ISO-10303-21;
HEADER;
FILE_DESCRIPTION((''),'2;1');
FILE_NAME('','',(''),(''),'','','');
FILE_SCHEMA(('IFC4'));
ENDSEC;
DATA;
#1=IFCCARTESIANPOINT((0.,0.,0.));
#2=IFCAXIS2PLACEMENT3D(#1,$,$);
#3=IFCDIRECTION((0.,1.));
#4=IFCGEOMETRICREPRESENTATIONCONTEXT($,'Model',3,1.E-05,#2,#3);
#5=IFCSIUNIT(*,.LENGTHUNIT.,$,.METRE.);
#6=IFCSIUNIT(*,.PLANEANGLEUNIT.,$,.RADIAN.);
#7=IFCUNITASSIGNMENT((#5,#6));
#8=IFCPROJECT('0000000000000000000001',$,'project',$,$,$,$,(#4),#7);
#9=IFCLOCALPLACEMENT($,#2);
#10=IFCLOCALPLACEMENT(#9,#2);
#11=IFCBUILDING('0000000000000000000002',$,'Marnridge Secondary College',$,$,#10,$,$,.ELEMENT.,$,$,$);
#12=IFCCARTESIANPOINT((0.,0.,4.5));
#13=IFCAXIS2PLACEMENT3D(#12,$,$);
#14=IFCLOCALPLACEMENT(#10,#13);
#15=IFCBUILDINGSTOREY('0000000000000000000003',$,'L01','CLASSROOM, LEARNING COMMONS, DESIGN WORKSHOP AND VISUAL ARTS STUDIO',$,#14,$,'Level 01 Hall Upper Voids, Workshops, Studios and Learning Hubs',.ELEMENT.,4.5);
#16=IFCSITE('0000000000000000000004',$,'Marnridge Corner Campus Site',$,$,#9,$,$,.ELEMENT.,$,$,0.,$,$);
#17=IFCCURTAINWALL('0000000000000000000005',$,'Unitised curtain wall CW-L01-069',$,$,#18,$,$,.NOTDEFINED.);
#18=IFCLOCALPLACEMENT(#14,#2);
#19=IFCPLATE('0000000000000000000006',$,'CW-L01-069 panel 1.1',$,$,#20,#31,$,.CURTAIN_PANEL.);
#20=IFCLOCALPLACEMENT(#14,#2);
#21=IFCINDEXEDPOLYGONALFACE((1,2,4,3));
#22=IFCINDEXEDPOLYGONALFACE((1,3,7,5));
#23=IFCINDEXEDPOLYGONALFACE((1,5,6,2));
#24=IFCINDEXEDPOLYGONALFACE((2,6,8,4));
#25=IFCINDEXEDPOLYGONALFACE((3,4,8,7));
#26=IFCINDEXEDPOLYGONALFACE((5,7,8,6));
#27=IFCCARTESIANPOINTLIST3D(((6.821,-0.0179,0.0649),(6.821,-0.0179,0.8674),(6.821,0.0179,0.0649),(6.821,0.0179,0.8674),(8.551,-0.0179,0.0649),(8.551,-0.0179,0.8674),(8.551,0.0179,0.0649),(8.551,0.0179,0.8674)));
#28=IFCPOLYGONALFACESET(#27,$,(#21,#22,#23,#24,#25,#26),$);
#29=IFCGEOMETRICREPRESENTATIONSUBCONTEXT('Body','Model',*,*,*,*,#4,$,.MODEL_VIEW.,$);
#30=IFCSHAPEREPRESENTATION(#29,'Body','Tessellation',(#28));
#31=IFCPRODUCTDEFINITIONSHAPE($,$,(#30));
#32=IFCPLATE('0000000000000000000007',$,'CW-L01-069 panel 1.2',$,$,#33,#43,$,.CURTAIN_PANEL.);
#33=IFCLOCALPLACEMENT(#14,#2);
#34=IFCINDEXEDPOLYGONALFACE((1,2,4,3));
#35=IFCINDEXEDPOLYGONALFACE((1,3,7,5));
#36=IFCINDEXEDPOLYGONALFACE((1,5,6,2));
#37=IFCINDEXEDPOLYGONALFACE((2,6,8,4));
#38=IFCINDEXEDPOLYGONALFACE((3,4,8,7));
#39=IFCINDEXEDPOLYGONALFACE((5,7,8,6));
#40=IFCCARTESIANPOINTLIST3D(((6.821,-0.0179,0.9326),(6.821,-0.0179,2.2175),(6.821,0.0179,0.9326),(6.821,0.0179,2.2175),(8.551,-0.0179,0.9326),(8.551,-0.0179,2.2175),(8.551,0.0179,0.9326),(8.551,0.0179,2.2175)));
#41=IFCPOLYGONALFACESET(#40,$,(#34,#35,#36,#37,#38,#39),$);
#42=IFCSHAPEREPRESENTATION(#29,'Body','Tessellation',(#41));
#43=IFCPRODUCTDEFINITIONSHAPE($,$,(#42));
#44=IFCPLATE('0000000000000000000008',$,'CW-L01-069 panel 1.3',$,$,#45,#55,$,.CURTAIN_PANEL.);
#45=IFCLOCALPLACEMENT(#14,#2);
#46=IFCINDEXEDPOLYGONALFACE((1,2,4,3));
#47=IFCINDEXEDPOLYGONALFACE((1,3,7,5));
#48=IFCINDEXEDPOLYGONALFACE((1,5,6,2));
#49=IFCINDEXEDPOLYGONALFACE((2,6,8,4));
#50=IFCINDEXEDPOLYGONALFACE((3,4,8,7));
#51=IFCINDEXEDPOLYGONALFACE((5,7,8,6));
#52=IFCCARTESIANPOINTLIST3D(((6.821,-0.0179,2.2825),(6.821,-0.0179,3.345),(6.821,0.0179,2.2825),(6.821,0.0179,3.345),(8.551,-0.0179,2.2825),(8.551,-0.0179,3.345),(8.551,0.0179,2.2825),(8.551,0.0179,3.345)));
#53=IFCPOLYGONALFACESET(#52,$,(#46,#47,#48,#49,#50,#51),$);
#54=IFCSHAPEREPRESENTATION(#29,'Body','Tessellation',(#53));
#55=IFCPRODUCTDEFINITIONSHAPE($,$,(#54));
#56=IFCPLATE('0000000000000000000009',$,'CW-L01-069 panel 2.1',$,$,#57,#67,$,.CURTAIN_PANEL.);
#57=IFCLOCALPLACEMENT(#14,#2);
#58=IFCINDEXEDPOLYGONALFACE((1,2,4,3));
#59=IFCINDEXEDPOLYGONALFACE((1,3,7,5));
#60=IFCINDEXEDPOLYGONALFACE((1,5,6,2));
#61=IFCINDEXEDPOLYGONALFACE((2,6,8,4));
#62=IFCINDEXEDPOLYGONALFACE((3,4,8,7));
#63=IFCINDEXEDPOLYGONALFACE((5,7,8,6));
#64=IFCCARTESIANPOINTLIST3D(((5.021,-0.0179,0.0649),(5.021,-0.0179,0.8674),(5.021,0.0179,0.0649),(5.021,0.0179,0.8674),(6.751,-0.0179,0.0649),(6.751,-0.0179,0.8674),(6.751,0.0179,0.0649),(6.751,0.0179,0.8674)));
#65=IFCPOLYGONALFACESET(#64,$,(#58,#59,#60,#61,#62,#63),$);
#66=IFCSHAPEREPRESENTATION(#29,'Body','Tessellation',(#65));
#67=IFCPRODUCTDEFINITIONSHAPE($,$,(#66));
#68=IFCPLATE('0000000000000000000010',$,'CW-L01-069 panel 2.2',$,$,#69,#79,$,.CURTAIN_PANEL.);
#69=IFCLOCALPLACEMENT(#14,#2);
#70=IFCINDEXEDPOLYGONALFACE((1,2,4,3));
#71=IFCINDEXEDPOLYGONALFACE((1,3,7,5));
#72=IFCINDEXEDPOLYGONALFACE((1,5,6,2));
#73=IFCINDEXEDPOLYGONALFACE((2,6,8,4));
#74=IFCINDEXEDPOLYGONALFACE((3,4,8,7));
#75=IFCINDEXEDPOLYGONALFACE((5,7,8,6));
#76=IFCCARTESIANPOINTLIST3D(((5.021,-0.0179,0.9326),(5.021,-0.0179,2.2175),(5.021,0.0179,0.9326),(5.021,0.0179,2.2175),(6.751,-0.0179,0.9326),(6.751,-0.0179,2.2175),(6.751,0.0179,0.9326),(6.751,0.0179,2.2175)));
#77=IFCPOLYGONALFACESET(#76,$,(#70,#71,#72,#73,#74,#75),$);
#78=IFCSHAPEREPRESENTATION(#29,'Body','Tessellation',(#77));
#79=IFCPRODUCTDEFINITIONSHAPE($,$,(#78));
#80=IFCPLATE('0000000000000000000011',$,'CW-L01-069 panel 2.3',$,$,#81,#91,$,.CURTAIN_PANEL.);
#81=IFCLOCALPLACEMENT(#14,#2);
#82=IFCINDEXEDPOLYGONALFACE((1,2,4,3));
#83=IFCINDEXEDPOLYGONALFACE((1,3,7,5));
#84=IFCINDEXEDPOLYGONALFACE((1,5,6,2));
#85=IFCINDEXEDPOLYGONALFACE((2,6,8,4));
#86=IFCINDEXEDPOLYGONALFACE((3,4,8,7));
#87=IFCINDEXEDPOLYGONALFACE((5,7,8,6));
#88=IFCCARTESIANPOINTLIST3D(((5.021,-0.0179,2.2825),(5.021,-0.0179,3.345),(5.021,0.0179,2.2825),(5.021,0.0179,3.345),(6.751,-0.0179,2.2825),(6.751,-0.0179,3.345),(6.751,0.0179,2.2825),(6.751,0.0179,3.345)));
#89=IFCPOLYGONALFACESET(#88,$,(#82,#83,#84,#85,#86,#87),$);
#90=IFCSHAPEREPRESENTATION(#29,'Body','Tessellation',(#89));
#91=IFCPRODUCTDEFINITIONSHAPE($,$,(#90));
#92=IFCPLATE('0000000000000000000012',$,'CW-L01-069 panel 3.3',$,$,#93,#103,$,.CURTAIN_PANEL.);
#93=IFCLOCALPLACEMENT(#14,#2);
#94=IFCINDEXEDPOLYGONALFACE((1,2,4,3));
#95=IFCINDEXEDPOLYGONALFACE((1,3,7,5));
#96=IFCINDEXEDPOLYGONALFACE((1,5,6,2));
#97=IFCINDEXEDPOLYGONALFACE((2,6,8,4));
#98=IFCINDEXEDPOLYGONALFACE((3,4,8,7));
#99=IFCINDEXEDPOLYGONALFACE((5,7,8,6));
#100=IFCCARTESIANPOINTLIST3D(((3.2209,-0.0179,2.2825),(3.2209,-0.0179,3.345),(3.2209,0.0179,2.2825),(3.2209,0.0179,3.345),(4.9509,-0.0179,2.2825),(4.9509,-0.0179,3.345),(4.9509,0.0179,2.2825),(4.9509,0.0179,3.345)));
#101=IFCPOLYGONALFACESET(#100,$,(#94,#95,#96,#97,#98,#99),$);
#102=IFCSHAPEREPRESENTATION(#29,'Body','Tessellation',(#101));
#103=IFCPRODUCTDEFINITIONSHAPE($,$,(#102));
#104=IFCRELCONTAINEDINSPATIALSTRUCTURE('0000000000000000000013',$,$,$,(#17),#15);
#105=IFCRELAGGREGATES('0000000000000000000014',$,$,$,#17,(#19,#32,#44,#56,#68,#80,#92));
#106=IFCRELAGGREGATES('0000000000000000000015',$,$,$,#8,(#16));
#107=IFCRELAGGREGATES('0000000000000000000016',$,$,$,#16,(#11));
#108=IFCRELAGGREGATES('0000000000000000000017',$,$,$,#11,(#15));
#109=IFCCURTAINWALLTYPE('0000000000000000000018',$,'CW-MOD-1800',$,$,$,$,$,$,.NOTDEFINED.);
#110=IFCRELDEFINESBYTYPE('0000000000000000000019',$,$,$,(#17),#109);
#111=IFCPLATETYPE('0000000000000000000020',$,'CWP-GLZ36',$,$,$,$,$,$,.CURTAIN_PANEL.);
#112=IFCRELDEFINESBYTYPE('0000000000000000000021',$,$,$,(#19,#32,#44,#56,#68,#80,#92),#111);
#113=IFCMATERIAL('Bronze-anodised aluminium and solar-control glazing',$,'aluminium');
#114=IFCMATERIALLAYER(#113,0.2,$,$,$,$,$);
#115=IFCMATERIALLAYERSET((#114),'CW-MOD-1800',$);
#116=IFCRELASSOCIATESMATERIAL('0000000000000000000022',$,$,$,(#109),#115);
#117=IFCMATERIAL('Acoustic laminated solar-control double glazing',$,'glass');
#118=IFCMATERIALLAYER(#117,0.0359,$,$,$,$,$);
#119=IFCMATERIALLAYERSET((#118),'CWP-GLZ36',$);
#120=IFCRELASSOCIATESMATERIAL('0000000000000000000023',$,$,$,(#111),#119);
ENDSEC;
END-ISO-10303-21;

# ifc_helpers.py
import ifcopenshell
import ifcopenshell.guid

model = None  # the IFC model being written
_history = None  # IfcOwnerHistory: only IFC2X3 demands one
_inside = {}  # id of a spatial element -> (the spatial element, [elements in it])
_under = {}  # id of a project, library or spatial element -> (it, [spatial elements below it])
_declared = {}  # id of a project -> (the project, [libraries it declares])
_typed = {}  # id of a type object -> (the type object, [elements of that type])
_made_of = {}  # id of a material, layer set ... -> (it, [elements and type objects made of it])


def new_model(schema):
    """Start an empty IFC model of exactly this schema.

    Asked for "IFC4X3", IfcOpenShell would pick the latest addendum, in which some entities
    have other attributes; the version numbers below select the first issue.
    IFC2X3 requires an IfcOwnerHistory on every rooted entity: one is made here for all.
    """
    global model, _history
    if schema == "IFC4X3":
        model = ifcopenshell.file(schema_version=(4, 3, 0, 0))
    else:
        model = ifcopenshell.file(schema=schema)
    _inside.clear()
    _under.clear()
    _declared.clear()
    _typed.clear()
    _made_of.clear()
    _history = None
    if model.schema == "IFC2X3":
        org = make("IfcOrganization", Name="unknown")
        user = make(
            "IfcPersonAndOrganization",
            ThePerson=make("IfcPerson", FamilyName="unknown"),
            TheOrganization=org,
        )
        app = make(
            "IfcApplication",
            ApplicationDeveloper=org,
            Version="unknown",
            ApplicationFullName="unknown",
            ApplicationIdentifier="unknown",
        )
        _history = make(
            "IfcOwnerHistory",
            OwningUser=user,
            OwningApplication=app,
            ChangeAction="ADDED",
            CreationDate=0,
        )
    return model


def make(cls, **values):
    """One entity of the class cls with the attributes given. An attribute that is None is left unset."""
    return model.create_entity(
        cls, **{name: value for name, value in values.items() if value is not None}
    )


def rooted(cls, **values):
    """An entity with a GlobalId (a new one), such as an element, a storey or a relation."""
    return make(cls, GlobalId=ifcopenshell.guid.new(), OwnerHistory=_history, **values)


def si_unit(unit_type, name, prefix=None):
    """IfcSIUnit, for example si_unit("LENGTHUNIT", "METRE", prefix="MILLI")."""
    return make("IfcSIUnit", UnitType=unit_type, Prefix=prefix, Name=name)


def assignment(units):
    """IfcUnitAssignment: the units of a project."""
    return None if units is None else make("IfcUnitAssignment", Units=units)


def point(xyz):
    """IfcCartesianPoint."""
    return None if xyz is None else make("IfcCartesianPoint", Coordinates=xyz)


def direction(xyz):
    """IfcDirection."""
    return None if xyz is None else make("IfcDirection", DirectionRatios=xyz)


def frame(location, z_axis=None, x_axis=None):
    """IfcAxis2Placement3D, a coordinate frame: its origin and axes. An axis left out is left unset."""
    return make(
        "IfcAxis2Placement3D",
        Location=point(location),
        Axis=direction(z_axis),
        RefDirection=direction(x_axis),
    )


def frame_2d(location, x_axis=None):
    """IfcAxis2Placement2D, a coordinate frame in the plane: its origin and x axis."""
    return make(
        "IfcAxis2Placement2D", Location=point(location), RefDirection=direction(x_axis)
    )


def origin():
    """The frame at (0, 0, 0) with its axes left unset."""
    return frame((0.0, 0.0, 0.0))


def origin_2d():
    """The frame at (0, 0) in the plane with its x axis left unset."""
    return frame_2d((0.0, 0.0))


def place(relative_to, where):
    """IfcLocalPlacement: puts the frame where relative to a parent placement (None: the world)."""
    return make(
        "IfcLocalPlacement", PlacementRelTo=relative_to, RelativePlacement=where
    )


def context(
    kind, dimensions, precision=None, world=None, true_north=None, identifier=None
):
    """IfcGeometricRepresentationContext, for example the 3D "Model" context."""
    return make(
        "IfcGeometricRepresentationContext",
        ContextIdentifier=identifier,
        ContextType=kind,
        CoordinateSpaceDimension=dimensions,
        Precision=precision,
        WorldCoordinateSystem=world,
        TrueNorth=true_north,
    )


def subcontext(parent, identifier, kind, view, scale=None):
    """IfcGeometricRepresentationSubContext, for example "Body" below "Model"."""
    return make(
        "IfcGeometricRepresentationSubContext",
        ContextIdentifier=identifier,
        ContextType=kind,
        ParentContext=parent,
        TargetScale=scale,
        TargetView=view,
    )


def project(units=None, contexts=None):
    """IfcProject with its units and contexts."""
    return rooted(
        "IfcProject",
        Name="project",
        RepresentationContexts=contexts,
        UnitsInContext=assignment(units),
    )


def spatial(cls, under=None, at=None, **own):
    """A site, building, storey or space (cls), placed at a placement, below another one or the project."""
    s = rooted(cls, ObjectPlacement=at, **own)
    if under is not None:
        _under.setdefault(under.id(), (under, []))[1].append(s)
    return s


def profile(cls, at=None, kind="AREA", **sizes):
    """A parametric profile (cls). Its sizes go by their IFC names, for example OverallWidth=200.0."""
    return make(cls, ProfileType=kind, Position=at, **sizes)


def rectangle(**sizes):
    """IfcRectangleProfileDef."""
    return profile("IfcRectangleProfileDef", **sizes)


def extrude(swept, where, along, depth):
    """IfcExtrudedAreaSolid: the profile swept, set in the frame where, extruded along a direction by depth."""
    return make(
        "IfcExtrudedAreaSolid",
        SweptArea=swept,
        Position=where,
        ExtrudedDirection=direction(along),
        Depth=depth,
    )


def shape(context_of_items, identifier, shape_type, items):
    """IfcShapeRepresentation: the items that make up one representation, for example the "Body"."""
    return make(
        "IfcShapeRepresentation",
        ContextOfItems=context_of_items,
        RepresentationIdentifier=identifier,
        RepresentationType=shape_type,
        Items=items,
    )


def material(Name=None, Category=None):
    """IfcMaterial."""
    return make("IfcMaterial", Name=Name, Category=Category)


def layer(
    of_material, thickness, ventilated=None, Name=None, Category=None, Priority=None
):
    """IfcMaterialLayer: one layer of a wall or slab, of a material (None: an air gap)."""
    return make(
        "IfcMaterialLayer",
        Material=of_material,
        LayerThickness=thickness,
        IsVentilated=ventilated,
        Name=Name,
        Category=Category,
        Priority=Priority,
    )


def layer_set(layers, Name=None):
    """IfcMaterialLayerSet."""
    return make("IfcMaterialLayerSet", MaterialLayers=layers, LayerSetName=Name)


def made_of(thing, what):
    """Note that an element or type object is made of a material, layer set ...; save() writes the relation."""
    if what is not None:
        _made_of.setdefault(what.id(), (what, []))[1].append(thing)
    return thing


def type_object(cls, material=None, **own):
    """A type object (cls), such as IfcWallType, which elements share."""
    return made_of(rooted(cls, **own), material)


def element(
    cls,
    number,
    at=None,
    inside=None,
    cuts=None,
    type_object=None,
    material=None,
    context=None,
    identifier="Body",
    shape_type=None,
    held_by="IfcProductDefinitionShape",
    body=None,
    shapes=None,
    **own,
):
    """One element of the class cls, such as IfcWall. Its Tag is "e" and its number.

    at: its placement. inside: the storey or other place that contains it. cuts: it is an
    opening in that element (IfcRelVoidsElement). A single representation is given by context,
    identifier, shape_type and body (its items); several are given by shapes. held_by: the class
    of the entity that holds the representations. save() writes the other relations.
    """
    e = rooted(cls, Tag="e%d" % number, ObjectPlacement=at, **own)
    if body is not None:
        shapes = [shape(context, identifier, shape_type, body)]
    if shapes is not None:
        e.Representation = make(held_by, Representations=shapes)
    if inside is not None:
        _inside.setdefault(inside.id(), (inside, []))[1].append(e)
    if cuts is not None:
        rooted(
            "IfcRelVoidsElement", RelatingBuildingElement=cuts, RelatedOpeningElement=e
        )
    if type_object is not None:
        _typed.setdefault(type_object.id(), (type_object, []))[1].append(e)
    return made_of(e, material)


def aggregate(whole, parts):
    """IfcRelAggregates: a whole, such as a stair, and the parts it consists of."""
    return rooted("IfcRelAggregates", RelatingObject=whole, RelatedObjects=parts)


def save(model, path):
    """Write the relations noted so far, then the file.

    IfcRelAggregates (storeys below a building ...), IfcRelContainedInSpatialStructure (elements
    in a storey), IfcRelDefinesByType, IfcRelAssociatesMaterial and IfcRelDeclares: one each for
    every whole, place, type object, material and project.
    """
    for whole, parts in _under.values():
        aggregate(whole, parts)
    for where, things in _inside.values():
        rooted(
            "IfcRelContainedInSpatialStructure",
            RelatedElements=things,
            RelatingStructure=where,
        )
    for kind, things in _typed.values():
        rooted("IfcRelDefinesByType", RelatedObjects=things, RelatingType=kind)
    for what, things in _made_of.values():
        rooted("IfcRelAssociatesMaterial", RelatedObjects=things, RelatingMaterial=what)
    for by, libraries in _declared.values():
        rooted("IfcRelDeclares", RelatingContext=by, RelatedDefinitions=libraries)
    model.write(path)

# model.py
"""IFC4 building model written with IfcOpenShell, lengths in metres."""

from ifc_helpers import new_model, si_unit, direction, frame, origin, origin_2d, place, context, subcontext, project, spatial, rectangle, extrude, material, layer, layer_set, type_object, element, aggregate, save


model = new_model("IFC4")

# Units and contexts
model_context = context("Model", 3, precision=1e-05, world=origin(), true_north=direction((0.0, 1.0)))
body_context = subcontext(model_context, "Body", "Model", "MODEL_VIEW")
ifc_project = project(units=[si_unit("LENGTHUNIT", "METRE"), si_unit("PLANEANGLEUNIT", "RADIAN")], contexts=[model_context])

# Site, building, storey
site_placement = place(None, origin())
site = spatial("IfcSite", under=ifc_project, at=site_placement, Name="Marnridge Corner Campus Site", CompositionType="ELEMENT", RefElevation=0.0)
building_placement = place(site_placement, origin())
building = spatial("IfcBuilding", under=site, at=building_placement, Name="Marnridge Secondary College", CompositionType="ELEMENT")
storey_placement = place(building_placement, frame((0.0, 0.0, 4.5)))
storey = spatial("IfcBuildingStorey", under=building, at=storey_placement, Name="L01", Description="CLASSROOM, LEARNING COMMONS, DESIGN WORKSHOP AND VISUAL ARTS STUDIO", LongName="Level 01 Hall Upper Voids, Workshops, Studios and Learning Hubs", CompositionType="ELEMENT", Elevation=4.5)

# Curtain wall, plates
ifc_material_1 = material(Name="Bronze-anodised aluminium and solar-control glazing", Category="aluminium")
ifc_layer_1 = layer(ifc_material_1, 0.2)
ifc_layer_set_1 = layer_set([ifc_layer_1], Name="CW-MOD-1800")
curtain_wall_type = type_object("IfcCurtainWallType", Name="CW-MOD-1800", PredefinedType="NOTDEFINED", material=ifc_layer_set_1)
curtain_wall_placement = place(storey_placement, origin())
curtain_wall = element("IfcCurtainWall", 1, at=curtain_wall_placement, inside=storey, type_object=curtain_wall_type, Name="Unitised curtain wall CW-L01-069", PredefinedType="NOTDEFINED")
ifc_material_2 = material(Name="Acoustic laminated solar-control double glazing", Category="glass")
ifc_layer_2 = layer(ifc_material_2, 0.0359)
ifc_layer_set_2 = layer_set([ifc_layer_2], Name="CWP-GLZ36")
plate_type = type_object("IfcPlateType", Name="CWP-GLZ36", PredefinedType="CURTAIN_PANEL", material=ifc_layer_set_2)
plate_1_placement = place(storey_placement, frame((7.686, 0.0, 0.0649), z_axis=(0.0, 0.0, 1.0), x_axis=(-1.0, 0.0, 0.0)))
plate_1 = element("IfcPlate", 2, at=plate_1_placement, type_object=plate_type, Name="CW-L01-069 panel 1.1", PredefinedType="CURTAIN_PANEL", context=body_context, shape_type="SweptSolid", body=[
    extrude(rectangle(XDim=1.73, YDim=0.0359, at=origin_2d()), origin(), (0.0, 0.0, 1.0), 0.8025),
])
plate_2_placement = place(storey_placement, frame((7.686, 0.0, 0.9326), z_axis=(0.0, 0.0, 1.0), x_axis=(-1.0, 0.0, 0.0)))
plate_2 = element("IfcPlate", 3, at=plate_2_placement, type_object=plate_type, Name="CW-L01-069 panel 1.2", PredefinedType="CURTAIN_PANEL", context=body_context, shape_type="SweptSolid", body=[
    extrude(rectangle(XDim=1.73, YDim=0.0359, at=origin_2d()), origin(), (0.0, 0.0, 1.0), 1.2849),
])
plate_3_placement = place(storey_placement, frame((7.686, 0.0, 2.2825), z_axis=(0.0, 0.0, 1.0), x_axis=(-1.0, 0.0, 0.0)))
plate_3 = element("IfcPlate", 4, at=plate_3_placement, type_object=plate_type, Name="CW-L01-069 panel 1.3", PredefinedType="CURTAIN_PANEL", context=body_context, shape_type="SweptSolid", body=[
    extrude(rectangle(XDim=1.73, YDim=0.0359, at=origin_2d()), origin(), (0.0, 0.0, 1.0), 1.0625),
])
plate_4_placement = place(storey_placement, frame((5.886, 0.0, 0.0649), z_axis=(0.0, 0.0, 1.0), x_axis=(-1.0, 0.0, 0.0)))
plate_4 = element("IfcPlate", 5, at=plate_4_placement, type_object=plate_type, Name="CW-L01-069 panel 2.1", PredefinedType="CURTAIN_PANEL", context=body_context, shape_type="SweptSolid", body=[
    extrude(rectangle(XDim=1.73, YDim=0.0359, at=origin_2d()), origin(), (0.0, 0.0, 1.0), 0.8025),
])
plate_5_placement = place(storey_placement, frame((5.886, 0.0, 0.9326), z_axis=(0.0, 0.0, 1.0), x_axis=(-1.0, 0.0, 0.0)))
plate_5 = element("IfcPlate", 6, at=plate_5_placement, type_object=plate_type, Name="CW-L01-069 panel 2.2", PredefinedType="CURTAIN_PANEL", context=body_context, shape_type="SweptSolid", body=[
    extrude(rectangle(XDim=1.73, YDim=0.0359, at=origin_2d()), origin(), (0.0, 0.0, 1.0), 1.2849),
])
plate_6_placement = place(storey_placement, frame((5.886, 0.0, 2.2825), z_axis=(0.0, 0.0, 1.0), x_axis=(-1.0, 0.0, 0.0)))
plate_6 = element("IfcPlate", 7, at=plate_6_placement, type_object=plate_type, Name="CW-L01-069 panel 2.3", PredefinedType="CURTAIN_PANEL", context=body_context, shape_type="SweptSolid", body=[
    extrude(rectangle(XDim=1.73, YDim=0.0359, at=origin_2d()), origin(), (0.0, 0.0, 1.0), 1.0625),
])
plate_7_placement = place(storey_placement, frame((4.0859, 0.0, 2.2825), z_axis=(0.0, 0.0, 1.0), x_axis=(-1.0, 0.0, 0.0)))
plate_7 = element("IfcPlate", 8, at=plate_7_placement, type_object=plate_type, Name="CW-L01-069 panel 3.3", PredefinedType="CURTAIN_PANEL", context=body_context, shape_type="SweptSolid", body=[
    extrude(rectangle(XDim=1.73, YDim=0.0359, at=origin_2d()), origin(), (0.0, 0.0, 1.0), 1.0625),
])
aggregate(curtain_wall, [plate_1, plate_2, plate_3, plate_4, plate_5, plate_6, plate_7])

save(model, "model.ifc")
